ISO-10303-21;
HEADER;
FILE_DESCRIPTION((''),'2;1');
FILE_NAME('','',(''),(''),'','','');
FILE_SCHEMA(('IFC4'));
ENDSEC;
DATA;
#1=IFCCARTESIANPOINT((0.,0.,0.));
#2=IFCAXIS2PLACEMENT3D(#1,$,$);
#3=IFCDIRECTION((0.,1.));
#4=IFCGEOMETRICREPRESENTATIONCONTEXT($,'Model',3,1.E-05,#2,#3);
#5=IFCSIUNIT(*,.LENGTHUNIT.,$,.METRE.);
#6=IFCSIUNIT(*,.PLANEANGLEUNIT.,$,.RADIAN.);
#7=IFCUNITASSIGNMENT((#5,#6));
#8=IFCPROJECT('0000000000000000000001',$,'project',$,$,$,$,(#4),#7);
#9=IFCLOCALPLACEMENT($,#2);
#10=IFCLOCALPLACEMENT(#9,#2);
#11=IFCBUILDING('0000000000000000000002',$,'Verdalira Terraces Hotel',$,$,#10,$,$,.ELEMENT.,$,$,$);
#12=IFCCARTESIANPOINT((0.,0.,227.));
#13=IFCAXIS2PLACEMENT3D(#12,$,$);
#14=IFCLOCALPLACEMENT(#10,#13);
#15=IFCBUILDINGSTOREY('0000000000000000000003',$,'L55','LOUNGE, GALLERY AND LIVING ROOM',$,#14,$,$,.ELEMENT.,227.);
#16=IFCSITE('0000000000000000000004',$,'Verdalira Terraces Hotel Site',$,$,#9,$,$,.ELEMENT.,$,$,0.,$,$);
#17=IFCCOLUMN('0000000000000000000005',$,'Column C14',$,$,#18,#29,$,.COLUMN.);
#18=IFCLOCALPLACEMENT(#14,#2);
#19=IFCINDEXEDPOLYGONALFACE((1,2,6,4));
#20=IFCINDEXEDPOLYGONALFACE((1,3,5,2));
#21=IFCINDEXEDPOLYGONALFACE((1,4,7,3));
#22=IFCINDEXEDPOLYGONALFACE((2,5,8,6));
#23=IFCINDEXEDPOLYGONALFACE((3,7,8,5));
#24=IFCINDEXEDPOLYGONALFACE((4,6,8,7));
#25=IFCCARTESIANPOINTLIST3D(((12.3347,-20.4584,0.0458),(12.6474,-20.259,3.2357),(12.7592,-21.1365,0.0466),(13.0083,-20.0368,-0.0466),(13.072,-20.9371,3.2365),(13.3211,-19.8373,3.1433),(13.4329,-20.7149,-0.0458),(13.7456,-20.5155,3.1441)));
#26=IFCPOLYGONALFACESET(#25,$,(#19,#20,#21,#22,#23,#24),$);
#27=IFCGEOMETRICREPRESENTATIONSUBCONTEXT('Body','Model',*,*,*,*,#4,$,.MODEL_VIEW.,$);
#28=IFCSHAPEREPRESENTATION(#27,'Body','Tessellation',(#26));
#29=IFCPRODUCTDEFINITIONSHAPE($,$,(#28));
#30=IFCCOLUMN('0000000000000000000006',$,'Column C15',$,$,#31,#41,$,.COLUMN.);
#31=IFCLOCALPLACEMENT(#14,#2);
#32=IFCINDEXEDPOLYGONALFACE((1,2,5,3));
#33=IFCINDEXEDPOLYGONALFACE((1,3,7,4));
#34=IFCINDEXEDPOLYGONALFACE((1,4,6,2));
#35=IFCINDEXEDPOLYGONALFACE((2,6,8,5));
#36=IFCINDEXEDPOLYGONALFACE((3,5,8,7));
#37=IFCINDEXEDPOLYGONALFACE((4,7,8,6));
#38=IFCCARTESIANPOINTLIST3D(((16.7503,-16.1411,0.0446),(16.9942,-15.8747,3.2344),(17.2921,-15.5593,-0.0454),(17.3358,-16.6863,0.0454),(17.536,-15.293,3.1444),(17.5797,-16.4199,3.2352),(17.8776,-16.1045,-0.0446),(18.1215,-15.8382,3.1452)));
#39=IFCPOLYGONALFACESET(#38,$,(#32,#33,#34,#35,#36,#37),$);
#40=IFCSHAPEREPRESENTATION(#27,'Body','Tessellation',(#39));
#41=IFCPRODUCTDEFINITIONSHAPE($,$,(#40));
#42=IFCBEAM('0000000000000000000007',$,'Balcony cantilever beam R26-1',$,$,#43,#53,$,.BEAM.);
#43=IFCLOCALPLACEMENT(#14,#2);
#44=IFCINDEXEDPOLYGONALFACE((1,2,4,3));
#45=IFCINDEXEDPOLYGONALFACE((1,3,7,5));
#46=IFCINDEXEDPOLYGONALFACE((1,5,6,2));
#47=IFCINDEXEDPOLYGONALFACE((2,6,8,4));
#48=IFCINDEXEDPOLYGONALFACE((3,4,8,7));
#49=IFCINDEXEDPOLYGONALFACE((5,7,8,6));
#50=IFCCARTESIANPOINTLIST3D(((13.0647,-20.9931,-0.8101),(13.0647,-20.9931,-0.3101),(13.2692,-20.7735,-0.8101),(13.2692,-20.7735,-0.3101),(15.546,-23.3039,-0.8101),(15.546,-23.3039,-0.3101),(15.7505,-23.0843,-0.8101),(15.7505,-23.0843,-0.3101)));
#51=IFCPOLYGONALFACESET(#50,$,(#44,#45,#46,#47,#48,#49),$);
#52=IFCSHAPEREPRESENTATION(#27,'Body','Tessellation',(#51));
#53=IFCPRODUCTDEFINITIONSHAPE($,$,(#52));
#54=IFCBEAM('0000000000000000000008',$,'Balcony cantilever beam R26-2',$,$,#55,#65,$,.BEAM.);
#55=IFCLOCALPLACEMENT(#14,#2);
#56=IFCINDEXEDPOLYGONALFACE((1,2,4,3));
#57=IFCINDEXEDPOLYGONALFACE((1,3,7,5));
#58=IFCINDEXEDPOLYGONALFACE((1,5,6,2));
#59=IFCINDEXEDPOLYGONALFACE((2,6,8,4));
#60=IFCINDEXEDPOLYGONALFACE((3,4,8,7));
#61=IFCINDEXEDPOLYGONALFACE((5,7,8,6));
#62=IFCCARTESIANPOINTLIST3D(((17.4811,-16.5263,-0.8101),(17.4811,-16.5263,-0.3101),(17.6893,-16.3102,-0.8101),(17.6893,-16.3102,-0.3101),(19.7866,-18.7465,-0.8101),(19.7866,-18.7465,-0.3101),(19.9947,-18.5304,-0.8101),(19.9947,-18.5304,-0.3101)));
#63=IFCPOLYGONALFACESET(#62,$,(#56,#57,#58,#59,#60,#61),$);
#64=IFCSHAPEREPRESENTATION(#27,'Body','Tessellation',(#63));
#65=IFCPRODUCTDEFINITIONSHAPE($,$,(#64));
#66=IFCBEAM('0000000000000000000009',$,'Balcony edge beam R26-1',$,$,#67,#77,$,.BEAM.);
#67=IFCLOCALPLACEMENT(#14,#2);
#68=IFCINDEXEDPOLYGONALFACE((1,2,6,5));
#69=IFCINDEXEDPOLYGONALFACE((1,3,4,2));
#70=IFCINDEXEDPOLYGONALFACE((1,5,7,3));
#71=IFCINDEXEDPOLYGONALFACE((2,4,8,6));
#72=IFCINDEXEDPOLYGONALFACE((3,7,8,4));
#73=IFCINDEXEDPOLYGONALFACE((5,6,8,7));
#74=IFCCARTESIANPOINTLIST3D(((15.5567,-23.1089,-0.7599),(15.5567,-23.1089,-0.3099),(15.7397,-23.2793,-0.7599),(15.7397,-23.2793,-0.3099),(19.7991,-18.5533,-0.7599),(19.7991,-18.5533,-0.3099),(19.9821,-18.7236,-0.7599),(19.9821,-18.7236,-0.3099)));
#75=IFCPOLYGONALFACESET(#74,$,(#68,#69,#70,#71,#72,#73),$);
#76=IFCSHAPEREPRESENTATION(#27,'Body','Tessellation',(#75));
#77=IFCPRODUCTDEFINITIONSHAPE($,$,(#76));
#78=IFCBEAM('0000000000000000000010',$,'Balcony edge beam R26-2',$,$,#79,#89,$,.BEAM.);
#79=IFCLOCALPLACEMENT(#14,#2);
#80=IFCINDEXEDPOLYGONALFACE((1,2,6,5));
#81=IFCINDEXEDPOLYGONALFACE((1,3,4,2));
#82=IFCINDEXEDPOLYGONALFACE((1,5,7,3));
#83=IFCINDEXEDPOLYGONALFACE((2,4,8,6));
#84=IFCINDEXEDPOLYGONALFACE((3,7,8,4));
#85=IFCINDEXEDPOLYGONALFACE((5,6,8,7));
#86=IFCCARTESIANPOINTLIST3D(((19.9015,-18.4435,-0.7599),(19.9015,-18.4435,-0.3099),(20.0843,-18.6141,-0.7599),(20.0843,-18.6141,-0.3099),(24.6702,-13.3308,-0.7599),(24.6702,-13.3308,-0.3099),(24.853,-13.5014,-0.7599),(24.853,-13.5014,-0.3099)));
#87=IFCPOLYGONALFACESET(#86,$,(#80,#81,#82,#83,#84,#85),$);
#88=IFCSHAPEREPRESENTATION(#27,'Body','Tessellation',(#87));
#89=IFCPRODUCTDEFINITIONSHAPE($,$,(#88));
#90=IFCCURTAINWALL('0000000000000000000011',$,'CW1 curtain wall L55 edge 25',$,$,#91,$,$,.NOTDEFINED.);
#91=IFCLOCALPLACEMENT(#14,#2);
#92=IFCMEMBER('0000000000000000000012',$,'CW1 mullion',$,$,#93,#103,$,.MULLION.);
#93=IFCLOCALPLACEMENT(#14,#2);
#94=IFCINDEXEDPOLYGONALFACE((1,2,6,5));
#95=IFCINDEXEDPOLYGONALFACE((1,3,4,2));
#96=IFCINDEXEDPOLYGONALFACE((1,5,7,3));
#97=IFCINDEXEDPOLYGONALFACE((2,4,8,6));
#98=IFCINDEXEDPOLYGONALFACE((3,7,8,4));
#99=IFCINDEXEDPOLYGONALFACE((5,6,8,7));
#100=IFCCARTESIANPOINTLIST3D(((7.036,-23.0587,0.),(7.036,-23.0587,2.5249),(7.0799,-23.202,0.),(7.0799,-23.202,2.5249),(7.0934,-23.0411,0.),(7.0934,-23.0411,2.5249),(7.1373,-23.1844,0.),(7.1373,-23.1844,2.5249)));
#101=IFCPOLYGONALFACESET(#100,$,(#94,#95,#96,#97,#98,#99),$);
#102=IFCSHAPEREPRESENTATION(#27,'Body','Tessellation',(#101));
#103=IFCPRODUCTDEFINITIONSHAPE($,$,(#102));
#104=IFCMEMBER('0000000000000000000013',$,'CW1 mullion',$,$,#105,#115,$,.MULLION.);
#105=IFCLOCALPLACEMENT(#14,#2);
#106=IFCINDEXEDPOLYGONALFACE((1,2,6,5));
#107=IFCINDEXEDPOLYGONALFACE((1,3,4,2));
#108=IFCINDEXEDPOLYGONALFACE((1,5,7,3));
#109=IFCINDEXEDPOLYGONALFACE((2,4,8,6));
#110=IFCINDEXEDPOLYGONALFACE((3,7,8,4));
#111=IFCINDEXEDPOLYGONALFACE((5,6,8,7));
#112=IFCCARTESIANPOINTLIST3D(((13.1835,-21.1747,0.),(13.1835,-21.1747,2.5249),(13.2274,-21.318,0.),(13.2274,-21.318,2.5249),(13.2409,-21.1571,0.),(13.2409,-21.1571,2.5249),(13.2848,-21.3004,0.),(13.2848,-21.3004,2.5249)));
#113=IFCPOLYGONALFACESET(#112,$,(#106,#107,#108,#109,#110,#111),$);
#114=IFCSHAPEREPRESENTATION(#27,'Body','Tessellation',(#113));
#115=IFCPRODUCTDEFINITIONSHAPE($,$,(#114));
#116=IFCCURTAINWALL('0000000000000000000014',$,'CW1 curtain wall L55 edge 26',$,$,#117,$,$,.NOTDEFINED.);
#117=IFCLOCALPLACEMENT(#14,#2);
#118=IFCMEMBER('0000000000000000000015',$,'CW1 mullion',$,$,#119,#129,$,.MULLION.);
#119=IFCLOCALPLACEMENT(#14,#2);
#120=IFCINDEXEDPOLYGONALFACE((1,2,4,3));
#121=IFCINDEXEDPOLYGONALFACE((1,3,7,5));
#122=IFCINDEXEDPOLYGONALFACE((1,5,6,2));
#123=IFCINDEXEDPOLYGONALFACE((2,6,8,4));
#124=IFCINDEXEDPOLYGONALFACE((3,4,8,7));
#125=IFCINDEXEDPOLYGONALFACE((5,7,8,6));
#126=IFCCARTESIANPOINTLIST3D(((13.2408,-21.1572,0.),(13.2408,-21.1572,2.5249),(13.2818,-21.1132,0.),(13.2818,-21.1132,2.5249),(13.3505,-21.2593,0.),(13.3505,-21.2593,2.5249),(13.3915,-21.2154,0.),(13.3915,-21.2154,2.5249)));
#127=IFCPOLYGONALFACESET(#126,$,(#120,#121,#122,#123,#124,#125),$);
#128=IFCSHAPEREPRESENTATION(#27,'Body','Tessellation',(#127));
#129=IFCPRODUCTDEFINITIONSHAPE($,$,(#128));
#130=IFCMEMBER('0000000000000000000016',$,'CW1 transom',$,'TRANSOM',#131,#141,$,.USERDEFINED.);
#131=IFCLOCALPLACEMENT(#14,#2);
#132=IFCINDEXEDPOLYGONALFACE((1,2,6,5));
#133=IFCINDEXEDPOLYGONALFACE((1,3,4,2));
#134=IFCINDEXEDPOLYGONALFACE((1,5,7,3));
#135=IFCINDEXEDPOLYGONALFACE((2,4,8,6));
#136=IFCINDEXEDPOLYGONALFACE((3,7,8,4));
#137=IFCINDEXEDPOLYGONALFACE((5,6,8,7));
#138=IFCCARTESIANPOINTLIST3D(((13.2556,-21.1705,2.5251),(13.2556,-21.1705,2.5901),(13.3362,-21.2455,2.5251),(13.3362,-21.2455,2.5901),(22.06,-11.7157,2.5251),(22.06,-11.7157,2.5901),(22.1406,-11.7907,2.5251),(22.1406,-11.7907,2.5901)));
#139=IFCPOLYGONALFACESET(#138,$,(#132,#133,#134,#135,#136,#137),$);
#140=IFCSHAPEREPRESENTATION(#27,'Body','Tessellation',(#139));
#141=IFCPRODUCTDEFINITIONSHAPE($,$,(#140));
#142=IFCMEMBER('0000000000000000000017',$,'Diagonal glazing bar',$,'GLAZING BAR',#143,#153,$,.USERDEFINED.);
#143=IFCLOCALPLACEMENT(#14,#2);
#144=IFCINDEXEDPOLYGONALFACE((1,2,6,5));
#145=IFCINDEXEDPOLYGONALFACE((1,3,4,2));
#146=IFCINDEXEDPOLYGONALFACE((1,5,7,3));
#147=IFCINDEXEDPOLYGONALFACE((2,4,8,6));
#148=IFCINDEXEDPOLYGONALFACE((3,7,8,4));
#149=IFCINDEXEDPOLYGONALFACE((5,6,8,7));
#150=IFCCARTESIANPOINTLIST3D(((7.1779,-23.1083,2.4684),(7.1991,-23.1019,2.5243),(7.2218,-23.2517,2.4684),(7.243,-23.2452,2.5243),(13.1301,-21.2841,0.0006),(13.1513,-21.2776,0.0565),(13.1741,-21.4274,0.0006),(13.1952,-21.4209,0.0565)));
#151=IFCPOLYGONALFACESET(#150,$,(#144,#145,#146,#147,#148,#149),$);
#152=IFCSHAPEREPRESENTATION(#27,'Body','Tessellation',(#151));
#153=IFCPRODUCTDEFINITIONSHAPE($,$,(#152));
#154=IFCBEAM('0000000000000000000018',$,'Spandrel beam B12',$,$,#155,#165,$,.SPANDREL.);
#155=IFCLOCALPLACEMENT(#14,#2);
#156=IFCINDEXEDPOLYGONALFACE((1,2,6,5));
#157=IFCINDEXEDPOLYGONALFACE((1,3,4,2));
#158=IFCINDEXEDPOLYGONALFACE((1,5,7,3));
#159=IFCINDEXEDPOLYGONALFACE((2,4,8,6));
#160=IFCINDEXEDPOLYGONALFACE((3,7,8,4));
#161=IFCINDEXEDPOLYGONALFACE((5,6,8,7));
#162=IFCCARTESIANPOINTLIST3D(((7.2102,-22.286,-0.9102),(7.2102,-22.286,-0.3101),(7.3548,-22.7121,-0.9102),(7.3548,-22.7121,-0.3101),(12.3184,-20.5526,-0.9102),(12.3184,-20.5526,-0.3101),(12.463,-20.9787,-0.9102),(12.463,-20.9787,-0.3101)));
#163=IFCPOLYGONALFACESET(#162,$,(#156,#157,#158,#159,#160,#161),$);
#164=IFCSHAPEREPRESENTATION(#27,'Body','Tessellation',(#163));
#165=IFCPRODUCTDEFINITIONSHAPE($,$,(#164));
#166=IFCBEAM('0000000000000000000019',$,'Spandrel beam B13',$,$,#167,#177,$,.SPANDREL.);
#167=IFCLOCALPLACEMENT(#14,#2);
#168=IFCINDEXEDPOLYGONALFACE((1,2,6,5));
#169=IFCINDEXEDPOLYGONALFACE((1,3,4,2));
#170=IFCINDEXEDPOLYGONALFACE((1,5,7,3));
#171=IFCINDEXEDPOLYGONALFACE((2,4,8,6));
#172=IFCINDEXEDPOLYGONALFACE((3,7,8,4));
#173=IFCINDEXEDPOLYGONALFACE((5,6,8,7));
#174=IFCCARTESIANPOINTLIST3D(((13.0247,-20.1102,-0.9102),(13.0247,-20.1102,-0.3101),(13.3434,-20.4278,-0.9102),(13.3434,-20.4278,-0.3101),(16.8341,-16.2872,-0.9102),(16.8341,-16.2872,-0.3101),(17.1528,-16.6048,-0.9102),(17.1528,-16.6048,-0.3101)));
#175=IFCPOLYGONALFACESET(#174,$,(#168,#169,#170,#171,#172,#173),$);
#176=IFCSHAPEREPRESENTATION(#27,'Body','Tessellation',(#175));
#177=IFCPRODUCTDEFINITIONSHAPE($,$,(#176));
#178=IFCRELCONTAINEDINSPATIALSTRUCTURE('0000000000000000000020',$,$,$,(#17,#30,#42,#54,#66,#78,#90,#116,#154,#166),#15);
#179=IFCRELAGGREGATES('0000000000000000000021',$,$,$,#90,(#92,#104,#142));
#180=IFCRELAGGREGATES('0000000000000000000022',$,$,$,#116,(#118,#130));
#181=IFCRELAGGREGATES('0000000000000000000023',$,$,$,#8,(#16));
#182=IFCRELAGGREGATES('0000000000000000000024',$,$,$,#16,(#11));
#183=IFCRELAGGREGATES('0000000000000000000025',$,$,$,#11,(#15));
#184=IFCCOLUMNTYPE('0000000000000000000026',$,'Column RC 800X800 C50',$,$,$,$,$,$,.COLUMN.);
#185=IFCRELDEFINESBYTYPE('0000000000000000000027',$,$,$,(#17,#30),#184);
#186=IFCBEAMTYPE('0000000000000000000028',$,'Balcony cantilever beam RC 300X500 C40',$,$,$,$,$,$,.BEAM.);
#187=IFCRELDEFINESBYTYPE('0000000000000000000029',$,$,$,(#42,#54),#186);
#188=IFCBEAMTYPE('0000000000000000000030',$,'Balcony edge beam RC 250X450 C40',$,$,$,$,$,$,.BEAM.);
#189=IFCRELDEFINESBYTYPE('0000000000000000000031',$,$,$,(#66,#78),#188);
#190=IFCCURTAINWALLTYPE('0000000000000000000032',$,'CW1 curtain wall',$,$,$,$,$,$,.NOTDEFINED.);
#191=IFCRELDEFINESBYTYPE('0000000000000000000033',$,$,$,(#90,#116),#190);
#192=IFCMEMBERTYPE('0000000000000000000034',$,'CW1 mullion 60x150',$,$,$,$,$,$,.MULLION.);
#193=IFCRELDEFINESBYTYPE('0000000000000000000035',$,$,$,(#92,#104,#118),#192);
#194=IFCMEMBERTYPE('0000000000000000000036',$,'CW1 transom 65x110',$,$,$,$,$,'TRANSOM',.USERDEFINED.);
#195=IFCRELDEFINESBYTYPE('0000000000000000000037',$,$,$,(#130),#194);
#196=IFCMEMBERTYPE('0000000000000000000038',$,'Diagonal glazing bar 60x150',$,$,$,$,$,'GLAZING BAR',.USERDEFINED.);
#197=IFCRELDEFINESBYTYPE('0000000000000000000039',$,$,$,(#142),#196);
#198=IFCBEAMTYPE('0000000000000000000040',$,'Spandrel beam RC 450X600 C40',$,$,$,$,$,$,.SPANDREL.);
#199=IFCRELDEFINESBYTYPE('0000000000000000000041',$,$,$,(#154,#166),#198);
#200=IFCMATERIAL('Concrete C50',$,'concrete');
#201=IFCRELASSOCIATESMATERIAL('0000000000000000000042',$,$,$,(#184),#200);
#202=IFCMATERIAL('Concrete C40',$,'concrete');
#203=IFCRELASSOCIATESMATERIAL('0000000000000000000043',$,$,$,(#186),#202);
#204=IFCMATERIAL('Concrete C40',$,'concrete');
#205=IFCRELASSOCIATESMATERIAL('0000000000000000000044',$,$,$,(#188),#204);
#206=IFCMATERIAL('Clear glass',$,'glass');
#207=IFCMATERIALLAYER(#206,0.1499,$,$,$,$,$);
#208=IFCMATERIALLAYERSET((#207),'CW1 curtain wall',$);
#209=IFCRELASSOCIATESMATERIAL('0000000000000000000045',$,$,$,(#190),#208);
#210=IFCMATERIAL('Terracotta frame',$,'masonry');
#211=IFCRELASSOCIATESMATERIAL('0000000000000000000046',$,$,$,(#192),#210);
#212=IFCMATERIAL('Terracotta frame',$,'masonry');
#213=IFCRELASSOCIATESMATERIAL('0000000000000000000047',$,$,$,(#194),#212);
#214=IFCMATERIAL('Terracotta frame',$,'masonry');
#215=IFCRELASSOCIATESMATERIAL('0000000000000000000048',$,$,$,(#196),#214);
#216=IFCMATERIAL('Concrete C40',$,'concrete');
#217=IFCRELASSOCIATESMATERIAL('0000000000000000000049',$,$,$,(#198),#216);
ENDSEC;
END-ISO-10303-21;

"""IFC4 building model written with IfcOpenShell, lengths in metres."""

from ifc_helpers import new_model, si_unit, direction, frame, origin, origin_2d, place, context, subcontext, project, spatial, rectangle, extrude, material, layer, layer_set, material_profile, profile_set, type_object, element, aggregate, save


model = new_model("IFC4")

# Units and contexts
model_context = context("Model", 3, precision=1e-05, world=origin(), true_north=direction((0.0, 1.0)))
body_context = subcontext(model_context, "Body", "Model", "MODEL_VIEW")
ifc_project = project(units=[si_unit("LENGTHUNIT", "METRE"), si_unit("PLANEANGLEUNIT", "RADIAN")], contexts=[model_context])

# Site, building, storey
site_placement = place(None, origin())
site = spatial("IfcSite", under=ifc_project, at=site_placement, Name="Verdalira Terraces Hotel Site", CompositionType="ELEMENT", RefElevation=0.0)
building_placement = place(site_placement, origin())
building = spatial("IfcBuilding", under=site, at=building_placement, Name="Verdalira Terraces Hotel", CompositionType="ELEMENT")
storey_placement = place(building_placement, frame((0.0, 0.0, 227.0)))
storey = spatial("IfcBuildingStorey", under=building, at=storey_placement, Name="L55", Description="LOUNGE, GALLERY AND LIVING ROOM", CompositionType="ELEMENT", Elevation=227.0)

# Columns
ifc_material_1 = material(Name="Concrete C50", Category="concrete")
ifc_material_profile_1 = material_profile(ifc_material_1, rectangle(XDim=0.8, YDim=0.8, at=origin_2d()), Name="RC 800X800")
ifc_profile_set_1 = profile_set([ifc_material_profile_1], Name="Concrete C50")
column_type = type_object("IfcColumnType", Name="Column RC 800X800 C50", PredefinedType="COLUMN", material=ifc_profile_set_1)
column_1_placement = place(storey_placement, frame((12.8838, -20.5867, 0.0), z_axis=(0.097385, 0.06211, 0.993307), x_axis=(-0.841981, -0.526999, 0.115501)))
element("IfcColumn", 1, at=column_1_placement, inside=storey, type_object=column_type, Name="Column C14", PredefinedType="COLUMN", context=body_context, shape_type="SweptSolid", body=[
    extrude(rectangle(XDim=0.8, YDim=0.8, at=origin_2d()), origin(), (0.0, 0.0, 1.0), 3.2114),
])
column_2_placement = place(storey_placement, frame((17.314, -16.1228, 0.0), z_axis=(0.075973, 0.082969, 0.993652), x_axis=(0.677234, 0.727117, -0.112494)))
element("IfcColumn", 2, at=column_2_placement, inside=storey, type_object=column_type, Name="Column C15", PredefinedType="COLUMN", context=body_context, shape_type="SweptSolid", body=[
    extrude(rectangle(XDim=0.8, YDim=0.8, at=origin_2d()), origin(), (0.0, 0.0, 1.0), 3.2102),
])

# Beams
ifc_material_2 = material(Name="Concrete C40", Category="concrete")
ifc_material_profile_2 = material_profile(ifc_material_2, rectangle(XDim=0.3, YDim=0.5, at=origin_2d()), Name="RC 300X500")
ifc_profile_set_2 = profile_set([ifc_material_profile_2], Name="Concrete C40")
beam_type_1 = type_object("IfcBeamType", Name="Balcony cantilever beam RC 300X500 C40", PredefinedType="BEAM", material=ifc_profile_set_2)
beam_1_placement = place(storey_placement, frame((13.167, -20.8833, -0.5601), z_axis=(0.73179, -0.68153, 0.0), x_axis=(0.68153, 0.73179, 0.0)))
element("IfcBeam", 3, at=beam_1_placement, inside=storey, type_object=beam_type_1, Name="Balcony cantilever beam R26-1", PredefinedType="BEAM", context=body_context, shape_type="SweptSolid", body=[
    extrude(rectangle(XDim=0.3, YDim=0.5, at=origin_2d()), origin(), (0.0, 0.0, 1.0), 3.3906),
])
beam_2_placement = place(storey_placement, frame((17.5852, -16.4182, -0.5601), z_axis=(0.720292, -0.693671, 0.0), x_axis=(0.693671, 0.720292, 0.0)))
element("IfcBeam", 4, at=beam_2_placement, inside=storey, type_object=beam_type_1, Name="Balcony cantilever beam R26-2", PredefinedType="BEAM", context=body_context, shape_type="SweptSolid", body=[
    extrude(rectangle(XDim=0.3, YDim=0.5, at=origin_2d()), origin(), (0.0, 0.0, 1.0), 3.2007),
])
ifc_material_3 = material(Name="Concrete C40", Category="concrete")
ifc_material_profile_3 = material_profile(ifc_material_3, rectangle(XDim=0.25, YDim=0.45, at=origin_2d()), Name="RC 250X450")
ifc_profile_set_3 = profile_set([ifc_material_profile_3], Name="Concrete C40")
beam_type_2 = type_object("IfcBeamType", Name="Balcony edge beam RC 250X450 C40", PredefinedType="BEAM", material=ifc_profile_set_3)
beam_3_placement = place(storey_placement, frame((15.6482, -23.1941, -0.5349), z_axis=(0.6815, 0.731818, 0.0), x_axis=(-0.731818, 0.6815, 0.0)))
element("IfcBeam", 5, at=beam_3_placement, inside=storey, type_object=beam_type_2, Name="Balcony edge beam R26-1", PredefinedType="BEAM", context=body_context, shape_type="SweptSolid", body=[
    extrude(rectangle(XDim=0.25, YDim=0.45, at=origin_2d()), origin(), (0.0, 0.0, 1.0), 6.2251),
])
beam_4_placement = place(storey_placement, frame((19.9929, -18.5288, -0.5349), z_axis=(0.682078, 0.731279, 0.0), x_axis=(-0.731279, 0.682078, 0.0)))
element("IfcBeam", 6, at=beam_4_placement, inside=storey, type_object=beam_type_2, Name="Balcony edge beam R26-2", PredefinedType="BEAM", context=body_context, shape_type="SweptSolid", body=[
    extrude(rectangle(XDim=0.25, YDim=0.45, at=origin_2d()), origin(), (0.0, 0.0, 1.0), 6.9915),
])

# Curtain walls, members
ifc_material_4 = material(Name="Clear glass", Category="glass")
ifc_layer_1 = layer(ifc_material_4, 0.1499)
ifc_layer_set_1 = layer_set([ifc_layer_1], Name="CW1 curtain wall")
curtain_wall_type = type_object("IfcCurtainWallType", Name="CW1 curtain wall", PredefinedType="NOTDEFINED", material=ifc_layer_set_1)
curtain_wall_1_placement = place(storey_placement, origin())
curtain_wall_1 = element("IfcCurtainWall", 7, at=curtain_wall_1_placement, inside=storey, type_object=curtain_wall_type, Name="CW1 curtain wall L55 edge 25", PredefinedType="NOTDEFINED")
ifc_material_5 = material(Name="Terracotta frame", Category="masonry")
ifc_material_profile_4 = material_profile(ifc_material_5, rectangle(XDim=0.0601, YDim=0.1499, at=origin_2d()), Name="MU 60x150")
ifc_profile_set_4 = profile_set([ifc_material_profile_4], Name="Terracotta frame")
member_type_1 = type_object("IfcMemberType", Name="CW1 mullion 60x150", PredefinedType="MULLION", material=ifc_profile_set_4)
member_1_placement = place(storey_placement, frame((7.0867, -23.1216, 0.0), z_axis=(0.0, 0.0, 1.0), x_axis=(0.9561, 0.293039, 0.0)))
member_1 = element("IfcMember", 8, at=member_1_placement, type_object=member_type_1, Name="CW1 mullion", PredefinedType="MULLION", context=body_context, shape_type="SweptSolid", body=[
    extrude(rectangle(XDim=0.0601, YDim=0.1499, at=origin_2d()), origin(), (0.0, 0.0, 1.0), 2.5249),
])
member_2_placement = place(storey_placement, frame((13.2341, -21.2375, 0.0), z_axis=(0.0, 0.0, 1.0), x_axis=(0.9561, 0.293039, 0.0)))
member_2 = element("IfcMember", 9, at=member_2_placement, type_object=member_type_1, Name="CW1 mullion", PredefinedType="MULLION", context=body_context, shape_type="SweptSolid", body=[
    extrude(rectangle(XDim=0.0601, YDim=0.1499, at=origin_2d()), origin(), (0.0, 0.0, 1.0), 2.5249),
])
curtain_wall_2_placement = place(storey_placement, origin())
curtain_wall_2 = element("IfcCurtainWall", 10, at=curtain_wall_2_placement, inside=storey, type_object=curtain_wall_type, Name="CW1 curtain wall L55 edge 26", PredefinedType="NOTDEFINED")
member_3_placement = place(storey_placement, frame((13.3162, -21.1863, 0.0), z_axis=(0.0, 0.0, 1.0), x_axis=(0.681488, 0.73183, 0.0)))
member_3 = element("IfcMember", 11, at=member_3_placement, type_object=member_type_1, Name="CW1 mullion", PredefinedType="MULLION", context=body_context, shape_type="SweptSolid", body=[
    extrude(rectangle(XDim=0.0601, YDim=0.1499, at=origin_2d()), origin(), (0.0, 0.0, 1.0), 2.5249),
])
ifc_material_6 = material(Name="Terracotta frame", Category="masonry")
ifc_material_profile_5 = material_profile(ifc_material_6, rectangle(XDim=0.1101, YDim=0.0649, at=origin_2d()), Name="TR 65x110")
ifc_profile_set_5 = profile_set([ifc_material_profile_5], Name="Terracotta frame")
member_type_2 = type_object("IfcMemberType", Name="CW1 transom 65x110", ElementType="TRANSOM", PredefinedType="USERDEFINED", material=ifc_profile_set_5)
member_4_placement = place(storey_placement, frame((13.2959, -21.208, 2.5576), z_axis=(0.681488, 0.73183, 0.0), x_axis=(-0.73183, 0.681488, 0.0)))
member_4 = element("IfcMember", 12, at=member_4_placement, type_object=member_type_2, Name="CW1 transom", ObjectType="TRANSOM", PredefinedType="USERDEFINED", context=body_context, shape_type="SweptSolid", body=[
    extrude(rectangle(XDim=0.1101, YDim=0.0649, at=origin_2d()), origin(), (0.0, 0.0, 1.0), 12.9194),
])

# Member
ifc_material_7 = material(Name="Terracotta frame", Category="masonry")
ifc_material_profile_6 = material_profile(ifc_material_7, rectangle(XDim=0.1499, YDim=0.0601, at=origin_2d()), Name="GB 60x150")
ifc_profile_set_6 = profile_set([ifc_material_profile_6], Name="Terracotta frame")
member_type_3 = type_object("IfcMemberType", Name="Diagonal glazing bar 60x150", ElementType="GLAZING BAR", PredefinedType="USERDEFINED", material=ifc_profile_set_6)
member_5_placement = place(storey_placement, frame((7.2104, -23.1768, 2.4963), z_axis=(0.888819, 0.272406, -0.368506), x_axis=(-0.293027, 0.956104, 0.0)))
member_5 = element("IfcMember", 13, at=member_5_placement, type_object=member_type_3, Name="Diagonal glazing bar", ObjectType="GLAZING BAR", PredefinedType="USERDEFINED", context=body_context, shape_type="SweptSolid", body=[
    extrude(rectangle(XDim=0.1499, YDim=0.0601, at=origin_2d()), origin(), (0.0, 0.0, 1.0), 6.6968),
])

# Beams
ifc_material_8 = material(Name="Concrete C40", Category="concrete")
ifc_material_profile_7 = material_profile(ifc_material_8, rectangle(XDim=0.45, YDim=0.6001, at=origin_2d()), Name="RC 450X600")
ifc_profile_set_7 = profile_set([ifc_material_profile_7], Name="Concrete C40")
beam_type_3 = type_object("IfcBeamType", Name="Spandrel beam RC 450X600 C40", PredefinedType="SPANDREL", material=ifc_profile_set_7)
beam_5_placement = place(storey_placement, frame((7.2825, -22.499, -0.6101), z_axis=(0.946963, 0.321342, 0.0), x_axis=(-0.321342, 0.946963, 0.0)))
element("IfcBeam", 14, at=beam_5_placement, inside=storey, type_object=beam_type_3, Name="Spandrel beam B12", PredefinedType="SPANDREL", context=body_context, shape_type="SweptSolid", body=[
    extrude(rectangle(XDim=0.45, YDim=0.6001, at=origin_2d()), origin(), (0.0, 0.0, 1.0), 5.3943),
])
beam_6_placement = place(storey_placement, frame((13.1841, -20.269, -0.6101), z_axis=(0.705839, 0.708372, 0.0), x_axis=(-0.708372, 0.705839, 0.0)))
element("IfcBeam", 15, at=beam_6_placement, inside=storey, type_object=beam_type_3, Name="Spandrel beam B13", PredefinedType="SPANDREL", context=body_context, shape_type="SweptSolid", body=[
    extrude(rectangle(XDim=0.45, YDim=0.6001, at=origin_2d()), origin(), (0.0, 0.0, 1.0), 5.397),
])

aggregate(curtain_wall_1, [member_1, member_2, member_5])
aggregate(curtain_wall_2, [member_3, member_4])

save(model, "model.ifc")
